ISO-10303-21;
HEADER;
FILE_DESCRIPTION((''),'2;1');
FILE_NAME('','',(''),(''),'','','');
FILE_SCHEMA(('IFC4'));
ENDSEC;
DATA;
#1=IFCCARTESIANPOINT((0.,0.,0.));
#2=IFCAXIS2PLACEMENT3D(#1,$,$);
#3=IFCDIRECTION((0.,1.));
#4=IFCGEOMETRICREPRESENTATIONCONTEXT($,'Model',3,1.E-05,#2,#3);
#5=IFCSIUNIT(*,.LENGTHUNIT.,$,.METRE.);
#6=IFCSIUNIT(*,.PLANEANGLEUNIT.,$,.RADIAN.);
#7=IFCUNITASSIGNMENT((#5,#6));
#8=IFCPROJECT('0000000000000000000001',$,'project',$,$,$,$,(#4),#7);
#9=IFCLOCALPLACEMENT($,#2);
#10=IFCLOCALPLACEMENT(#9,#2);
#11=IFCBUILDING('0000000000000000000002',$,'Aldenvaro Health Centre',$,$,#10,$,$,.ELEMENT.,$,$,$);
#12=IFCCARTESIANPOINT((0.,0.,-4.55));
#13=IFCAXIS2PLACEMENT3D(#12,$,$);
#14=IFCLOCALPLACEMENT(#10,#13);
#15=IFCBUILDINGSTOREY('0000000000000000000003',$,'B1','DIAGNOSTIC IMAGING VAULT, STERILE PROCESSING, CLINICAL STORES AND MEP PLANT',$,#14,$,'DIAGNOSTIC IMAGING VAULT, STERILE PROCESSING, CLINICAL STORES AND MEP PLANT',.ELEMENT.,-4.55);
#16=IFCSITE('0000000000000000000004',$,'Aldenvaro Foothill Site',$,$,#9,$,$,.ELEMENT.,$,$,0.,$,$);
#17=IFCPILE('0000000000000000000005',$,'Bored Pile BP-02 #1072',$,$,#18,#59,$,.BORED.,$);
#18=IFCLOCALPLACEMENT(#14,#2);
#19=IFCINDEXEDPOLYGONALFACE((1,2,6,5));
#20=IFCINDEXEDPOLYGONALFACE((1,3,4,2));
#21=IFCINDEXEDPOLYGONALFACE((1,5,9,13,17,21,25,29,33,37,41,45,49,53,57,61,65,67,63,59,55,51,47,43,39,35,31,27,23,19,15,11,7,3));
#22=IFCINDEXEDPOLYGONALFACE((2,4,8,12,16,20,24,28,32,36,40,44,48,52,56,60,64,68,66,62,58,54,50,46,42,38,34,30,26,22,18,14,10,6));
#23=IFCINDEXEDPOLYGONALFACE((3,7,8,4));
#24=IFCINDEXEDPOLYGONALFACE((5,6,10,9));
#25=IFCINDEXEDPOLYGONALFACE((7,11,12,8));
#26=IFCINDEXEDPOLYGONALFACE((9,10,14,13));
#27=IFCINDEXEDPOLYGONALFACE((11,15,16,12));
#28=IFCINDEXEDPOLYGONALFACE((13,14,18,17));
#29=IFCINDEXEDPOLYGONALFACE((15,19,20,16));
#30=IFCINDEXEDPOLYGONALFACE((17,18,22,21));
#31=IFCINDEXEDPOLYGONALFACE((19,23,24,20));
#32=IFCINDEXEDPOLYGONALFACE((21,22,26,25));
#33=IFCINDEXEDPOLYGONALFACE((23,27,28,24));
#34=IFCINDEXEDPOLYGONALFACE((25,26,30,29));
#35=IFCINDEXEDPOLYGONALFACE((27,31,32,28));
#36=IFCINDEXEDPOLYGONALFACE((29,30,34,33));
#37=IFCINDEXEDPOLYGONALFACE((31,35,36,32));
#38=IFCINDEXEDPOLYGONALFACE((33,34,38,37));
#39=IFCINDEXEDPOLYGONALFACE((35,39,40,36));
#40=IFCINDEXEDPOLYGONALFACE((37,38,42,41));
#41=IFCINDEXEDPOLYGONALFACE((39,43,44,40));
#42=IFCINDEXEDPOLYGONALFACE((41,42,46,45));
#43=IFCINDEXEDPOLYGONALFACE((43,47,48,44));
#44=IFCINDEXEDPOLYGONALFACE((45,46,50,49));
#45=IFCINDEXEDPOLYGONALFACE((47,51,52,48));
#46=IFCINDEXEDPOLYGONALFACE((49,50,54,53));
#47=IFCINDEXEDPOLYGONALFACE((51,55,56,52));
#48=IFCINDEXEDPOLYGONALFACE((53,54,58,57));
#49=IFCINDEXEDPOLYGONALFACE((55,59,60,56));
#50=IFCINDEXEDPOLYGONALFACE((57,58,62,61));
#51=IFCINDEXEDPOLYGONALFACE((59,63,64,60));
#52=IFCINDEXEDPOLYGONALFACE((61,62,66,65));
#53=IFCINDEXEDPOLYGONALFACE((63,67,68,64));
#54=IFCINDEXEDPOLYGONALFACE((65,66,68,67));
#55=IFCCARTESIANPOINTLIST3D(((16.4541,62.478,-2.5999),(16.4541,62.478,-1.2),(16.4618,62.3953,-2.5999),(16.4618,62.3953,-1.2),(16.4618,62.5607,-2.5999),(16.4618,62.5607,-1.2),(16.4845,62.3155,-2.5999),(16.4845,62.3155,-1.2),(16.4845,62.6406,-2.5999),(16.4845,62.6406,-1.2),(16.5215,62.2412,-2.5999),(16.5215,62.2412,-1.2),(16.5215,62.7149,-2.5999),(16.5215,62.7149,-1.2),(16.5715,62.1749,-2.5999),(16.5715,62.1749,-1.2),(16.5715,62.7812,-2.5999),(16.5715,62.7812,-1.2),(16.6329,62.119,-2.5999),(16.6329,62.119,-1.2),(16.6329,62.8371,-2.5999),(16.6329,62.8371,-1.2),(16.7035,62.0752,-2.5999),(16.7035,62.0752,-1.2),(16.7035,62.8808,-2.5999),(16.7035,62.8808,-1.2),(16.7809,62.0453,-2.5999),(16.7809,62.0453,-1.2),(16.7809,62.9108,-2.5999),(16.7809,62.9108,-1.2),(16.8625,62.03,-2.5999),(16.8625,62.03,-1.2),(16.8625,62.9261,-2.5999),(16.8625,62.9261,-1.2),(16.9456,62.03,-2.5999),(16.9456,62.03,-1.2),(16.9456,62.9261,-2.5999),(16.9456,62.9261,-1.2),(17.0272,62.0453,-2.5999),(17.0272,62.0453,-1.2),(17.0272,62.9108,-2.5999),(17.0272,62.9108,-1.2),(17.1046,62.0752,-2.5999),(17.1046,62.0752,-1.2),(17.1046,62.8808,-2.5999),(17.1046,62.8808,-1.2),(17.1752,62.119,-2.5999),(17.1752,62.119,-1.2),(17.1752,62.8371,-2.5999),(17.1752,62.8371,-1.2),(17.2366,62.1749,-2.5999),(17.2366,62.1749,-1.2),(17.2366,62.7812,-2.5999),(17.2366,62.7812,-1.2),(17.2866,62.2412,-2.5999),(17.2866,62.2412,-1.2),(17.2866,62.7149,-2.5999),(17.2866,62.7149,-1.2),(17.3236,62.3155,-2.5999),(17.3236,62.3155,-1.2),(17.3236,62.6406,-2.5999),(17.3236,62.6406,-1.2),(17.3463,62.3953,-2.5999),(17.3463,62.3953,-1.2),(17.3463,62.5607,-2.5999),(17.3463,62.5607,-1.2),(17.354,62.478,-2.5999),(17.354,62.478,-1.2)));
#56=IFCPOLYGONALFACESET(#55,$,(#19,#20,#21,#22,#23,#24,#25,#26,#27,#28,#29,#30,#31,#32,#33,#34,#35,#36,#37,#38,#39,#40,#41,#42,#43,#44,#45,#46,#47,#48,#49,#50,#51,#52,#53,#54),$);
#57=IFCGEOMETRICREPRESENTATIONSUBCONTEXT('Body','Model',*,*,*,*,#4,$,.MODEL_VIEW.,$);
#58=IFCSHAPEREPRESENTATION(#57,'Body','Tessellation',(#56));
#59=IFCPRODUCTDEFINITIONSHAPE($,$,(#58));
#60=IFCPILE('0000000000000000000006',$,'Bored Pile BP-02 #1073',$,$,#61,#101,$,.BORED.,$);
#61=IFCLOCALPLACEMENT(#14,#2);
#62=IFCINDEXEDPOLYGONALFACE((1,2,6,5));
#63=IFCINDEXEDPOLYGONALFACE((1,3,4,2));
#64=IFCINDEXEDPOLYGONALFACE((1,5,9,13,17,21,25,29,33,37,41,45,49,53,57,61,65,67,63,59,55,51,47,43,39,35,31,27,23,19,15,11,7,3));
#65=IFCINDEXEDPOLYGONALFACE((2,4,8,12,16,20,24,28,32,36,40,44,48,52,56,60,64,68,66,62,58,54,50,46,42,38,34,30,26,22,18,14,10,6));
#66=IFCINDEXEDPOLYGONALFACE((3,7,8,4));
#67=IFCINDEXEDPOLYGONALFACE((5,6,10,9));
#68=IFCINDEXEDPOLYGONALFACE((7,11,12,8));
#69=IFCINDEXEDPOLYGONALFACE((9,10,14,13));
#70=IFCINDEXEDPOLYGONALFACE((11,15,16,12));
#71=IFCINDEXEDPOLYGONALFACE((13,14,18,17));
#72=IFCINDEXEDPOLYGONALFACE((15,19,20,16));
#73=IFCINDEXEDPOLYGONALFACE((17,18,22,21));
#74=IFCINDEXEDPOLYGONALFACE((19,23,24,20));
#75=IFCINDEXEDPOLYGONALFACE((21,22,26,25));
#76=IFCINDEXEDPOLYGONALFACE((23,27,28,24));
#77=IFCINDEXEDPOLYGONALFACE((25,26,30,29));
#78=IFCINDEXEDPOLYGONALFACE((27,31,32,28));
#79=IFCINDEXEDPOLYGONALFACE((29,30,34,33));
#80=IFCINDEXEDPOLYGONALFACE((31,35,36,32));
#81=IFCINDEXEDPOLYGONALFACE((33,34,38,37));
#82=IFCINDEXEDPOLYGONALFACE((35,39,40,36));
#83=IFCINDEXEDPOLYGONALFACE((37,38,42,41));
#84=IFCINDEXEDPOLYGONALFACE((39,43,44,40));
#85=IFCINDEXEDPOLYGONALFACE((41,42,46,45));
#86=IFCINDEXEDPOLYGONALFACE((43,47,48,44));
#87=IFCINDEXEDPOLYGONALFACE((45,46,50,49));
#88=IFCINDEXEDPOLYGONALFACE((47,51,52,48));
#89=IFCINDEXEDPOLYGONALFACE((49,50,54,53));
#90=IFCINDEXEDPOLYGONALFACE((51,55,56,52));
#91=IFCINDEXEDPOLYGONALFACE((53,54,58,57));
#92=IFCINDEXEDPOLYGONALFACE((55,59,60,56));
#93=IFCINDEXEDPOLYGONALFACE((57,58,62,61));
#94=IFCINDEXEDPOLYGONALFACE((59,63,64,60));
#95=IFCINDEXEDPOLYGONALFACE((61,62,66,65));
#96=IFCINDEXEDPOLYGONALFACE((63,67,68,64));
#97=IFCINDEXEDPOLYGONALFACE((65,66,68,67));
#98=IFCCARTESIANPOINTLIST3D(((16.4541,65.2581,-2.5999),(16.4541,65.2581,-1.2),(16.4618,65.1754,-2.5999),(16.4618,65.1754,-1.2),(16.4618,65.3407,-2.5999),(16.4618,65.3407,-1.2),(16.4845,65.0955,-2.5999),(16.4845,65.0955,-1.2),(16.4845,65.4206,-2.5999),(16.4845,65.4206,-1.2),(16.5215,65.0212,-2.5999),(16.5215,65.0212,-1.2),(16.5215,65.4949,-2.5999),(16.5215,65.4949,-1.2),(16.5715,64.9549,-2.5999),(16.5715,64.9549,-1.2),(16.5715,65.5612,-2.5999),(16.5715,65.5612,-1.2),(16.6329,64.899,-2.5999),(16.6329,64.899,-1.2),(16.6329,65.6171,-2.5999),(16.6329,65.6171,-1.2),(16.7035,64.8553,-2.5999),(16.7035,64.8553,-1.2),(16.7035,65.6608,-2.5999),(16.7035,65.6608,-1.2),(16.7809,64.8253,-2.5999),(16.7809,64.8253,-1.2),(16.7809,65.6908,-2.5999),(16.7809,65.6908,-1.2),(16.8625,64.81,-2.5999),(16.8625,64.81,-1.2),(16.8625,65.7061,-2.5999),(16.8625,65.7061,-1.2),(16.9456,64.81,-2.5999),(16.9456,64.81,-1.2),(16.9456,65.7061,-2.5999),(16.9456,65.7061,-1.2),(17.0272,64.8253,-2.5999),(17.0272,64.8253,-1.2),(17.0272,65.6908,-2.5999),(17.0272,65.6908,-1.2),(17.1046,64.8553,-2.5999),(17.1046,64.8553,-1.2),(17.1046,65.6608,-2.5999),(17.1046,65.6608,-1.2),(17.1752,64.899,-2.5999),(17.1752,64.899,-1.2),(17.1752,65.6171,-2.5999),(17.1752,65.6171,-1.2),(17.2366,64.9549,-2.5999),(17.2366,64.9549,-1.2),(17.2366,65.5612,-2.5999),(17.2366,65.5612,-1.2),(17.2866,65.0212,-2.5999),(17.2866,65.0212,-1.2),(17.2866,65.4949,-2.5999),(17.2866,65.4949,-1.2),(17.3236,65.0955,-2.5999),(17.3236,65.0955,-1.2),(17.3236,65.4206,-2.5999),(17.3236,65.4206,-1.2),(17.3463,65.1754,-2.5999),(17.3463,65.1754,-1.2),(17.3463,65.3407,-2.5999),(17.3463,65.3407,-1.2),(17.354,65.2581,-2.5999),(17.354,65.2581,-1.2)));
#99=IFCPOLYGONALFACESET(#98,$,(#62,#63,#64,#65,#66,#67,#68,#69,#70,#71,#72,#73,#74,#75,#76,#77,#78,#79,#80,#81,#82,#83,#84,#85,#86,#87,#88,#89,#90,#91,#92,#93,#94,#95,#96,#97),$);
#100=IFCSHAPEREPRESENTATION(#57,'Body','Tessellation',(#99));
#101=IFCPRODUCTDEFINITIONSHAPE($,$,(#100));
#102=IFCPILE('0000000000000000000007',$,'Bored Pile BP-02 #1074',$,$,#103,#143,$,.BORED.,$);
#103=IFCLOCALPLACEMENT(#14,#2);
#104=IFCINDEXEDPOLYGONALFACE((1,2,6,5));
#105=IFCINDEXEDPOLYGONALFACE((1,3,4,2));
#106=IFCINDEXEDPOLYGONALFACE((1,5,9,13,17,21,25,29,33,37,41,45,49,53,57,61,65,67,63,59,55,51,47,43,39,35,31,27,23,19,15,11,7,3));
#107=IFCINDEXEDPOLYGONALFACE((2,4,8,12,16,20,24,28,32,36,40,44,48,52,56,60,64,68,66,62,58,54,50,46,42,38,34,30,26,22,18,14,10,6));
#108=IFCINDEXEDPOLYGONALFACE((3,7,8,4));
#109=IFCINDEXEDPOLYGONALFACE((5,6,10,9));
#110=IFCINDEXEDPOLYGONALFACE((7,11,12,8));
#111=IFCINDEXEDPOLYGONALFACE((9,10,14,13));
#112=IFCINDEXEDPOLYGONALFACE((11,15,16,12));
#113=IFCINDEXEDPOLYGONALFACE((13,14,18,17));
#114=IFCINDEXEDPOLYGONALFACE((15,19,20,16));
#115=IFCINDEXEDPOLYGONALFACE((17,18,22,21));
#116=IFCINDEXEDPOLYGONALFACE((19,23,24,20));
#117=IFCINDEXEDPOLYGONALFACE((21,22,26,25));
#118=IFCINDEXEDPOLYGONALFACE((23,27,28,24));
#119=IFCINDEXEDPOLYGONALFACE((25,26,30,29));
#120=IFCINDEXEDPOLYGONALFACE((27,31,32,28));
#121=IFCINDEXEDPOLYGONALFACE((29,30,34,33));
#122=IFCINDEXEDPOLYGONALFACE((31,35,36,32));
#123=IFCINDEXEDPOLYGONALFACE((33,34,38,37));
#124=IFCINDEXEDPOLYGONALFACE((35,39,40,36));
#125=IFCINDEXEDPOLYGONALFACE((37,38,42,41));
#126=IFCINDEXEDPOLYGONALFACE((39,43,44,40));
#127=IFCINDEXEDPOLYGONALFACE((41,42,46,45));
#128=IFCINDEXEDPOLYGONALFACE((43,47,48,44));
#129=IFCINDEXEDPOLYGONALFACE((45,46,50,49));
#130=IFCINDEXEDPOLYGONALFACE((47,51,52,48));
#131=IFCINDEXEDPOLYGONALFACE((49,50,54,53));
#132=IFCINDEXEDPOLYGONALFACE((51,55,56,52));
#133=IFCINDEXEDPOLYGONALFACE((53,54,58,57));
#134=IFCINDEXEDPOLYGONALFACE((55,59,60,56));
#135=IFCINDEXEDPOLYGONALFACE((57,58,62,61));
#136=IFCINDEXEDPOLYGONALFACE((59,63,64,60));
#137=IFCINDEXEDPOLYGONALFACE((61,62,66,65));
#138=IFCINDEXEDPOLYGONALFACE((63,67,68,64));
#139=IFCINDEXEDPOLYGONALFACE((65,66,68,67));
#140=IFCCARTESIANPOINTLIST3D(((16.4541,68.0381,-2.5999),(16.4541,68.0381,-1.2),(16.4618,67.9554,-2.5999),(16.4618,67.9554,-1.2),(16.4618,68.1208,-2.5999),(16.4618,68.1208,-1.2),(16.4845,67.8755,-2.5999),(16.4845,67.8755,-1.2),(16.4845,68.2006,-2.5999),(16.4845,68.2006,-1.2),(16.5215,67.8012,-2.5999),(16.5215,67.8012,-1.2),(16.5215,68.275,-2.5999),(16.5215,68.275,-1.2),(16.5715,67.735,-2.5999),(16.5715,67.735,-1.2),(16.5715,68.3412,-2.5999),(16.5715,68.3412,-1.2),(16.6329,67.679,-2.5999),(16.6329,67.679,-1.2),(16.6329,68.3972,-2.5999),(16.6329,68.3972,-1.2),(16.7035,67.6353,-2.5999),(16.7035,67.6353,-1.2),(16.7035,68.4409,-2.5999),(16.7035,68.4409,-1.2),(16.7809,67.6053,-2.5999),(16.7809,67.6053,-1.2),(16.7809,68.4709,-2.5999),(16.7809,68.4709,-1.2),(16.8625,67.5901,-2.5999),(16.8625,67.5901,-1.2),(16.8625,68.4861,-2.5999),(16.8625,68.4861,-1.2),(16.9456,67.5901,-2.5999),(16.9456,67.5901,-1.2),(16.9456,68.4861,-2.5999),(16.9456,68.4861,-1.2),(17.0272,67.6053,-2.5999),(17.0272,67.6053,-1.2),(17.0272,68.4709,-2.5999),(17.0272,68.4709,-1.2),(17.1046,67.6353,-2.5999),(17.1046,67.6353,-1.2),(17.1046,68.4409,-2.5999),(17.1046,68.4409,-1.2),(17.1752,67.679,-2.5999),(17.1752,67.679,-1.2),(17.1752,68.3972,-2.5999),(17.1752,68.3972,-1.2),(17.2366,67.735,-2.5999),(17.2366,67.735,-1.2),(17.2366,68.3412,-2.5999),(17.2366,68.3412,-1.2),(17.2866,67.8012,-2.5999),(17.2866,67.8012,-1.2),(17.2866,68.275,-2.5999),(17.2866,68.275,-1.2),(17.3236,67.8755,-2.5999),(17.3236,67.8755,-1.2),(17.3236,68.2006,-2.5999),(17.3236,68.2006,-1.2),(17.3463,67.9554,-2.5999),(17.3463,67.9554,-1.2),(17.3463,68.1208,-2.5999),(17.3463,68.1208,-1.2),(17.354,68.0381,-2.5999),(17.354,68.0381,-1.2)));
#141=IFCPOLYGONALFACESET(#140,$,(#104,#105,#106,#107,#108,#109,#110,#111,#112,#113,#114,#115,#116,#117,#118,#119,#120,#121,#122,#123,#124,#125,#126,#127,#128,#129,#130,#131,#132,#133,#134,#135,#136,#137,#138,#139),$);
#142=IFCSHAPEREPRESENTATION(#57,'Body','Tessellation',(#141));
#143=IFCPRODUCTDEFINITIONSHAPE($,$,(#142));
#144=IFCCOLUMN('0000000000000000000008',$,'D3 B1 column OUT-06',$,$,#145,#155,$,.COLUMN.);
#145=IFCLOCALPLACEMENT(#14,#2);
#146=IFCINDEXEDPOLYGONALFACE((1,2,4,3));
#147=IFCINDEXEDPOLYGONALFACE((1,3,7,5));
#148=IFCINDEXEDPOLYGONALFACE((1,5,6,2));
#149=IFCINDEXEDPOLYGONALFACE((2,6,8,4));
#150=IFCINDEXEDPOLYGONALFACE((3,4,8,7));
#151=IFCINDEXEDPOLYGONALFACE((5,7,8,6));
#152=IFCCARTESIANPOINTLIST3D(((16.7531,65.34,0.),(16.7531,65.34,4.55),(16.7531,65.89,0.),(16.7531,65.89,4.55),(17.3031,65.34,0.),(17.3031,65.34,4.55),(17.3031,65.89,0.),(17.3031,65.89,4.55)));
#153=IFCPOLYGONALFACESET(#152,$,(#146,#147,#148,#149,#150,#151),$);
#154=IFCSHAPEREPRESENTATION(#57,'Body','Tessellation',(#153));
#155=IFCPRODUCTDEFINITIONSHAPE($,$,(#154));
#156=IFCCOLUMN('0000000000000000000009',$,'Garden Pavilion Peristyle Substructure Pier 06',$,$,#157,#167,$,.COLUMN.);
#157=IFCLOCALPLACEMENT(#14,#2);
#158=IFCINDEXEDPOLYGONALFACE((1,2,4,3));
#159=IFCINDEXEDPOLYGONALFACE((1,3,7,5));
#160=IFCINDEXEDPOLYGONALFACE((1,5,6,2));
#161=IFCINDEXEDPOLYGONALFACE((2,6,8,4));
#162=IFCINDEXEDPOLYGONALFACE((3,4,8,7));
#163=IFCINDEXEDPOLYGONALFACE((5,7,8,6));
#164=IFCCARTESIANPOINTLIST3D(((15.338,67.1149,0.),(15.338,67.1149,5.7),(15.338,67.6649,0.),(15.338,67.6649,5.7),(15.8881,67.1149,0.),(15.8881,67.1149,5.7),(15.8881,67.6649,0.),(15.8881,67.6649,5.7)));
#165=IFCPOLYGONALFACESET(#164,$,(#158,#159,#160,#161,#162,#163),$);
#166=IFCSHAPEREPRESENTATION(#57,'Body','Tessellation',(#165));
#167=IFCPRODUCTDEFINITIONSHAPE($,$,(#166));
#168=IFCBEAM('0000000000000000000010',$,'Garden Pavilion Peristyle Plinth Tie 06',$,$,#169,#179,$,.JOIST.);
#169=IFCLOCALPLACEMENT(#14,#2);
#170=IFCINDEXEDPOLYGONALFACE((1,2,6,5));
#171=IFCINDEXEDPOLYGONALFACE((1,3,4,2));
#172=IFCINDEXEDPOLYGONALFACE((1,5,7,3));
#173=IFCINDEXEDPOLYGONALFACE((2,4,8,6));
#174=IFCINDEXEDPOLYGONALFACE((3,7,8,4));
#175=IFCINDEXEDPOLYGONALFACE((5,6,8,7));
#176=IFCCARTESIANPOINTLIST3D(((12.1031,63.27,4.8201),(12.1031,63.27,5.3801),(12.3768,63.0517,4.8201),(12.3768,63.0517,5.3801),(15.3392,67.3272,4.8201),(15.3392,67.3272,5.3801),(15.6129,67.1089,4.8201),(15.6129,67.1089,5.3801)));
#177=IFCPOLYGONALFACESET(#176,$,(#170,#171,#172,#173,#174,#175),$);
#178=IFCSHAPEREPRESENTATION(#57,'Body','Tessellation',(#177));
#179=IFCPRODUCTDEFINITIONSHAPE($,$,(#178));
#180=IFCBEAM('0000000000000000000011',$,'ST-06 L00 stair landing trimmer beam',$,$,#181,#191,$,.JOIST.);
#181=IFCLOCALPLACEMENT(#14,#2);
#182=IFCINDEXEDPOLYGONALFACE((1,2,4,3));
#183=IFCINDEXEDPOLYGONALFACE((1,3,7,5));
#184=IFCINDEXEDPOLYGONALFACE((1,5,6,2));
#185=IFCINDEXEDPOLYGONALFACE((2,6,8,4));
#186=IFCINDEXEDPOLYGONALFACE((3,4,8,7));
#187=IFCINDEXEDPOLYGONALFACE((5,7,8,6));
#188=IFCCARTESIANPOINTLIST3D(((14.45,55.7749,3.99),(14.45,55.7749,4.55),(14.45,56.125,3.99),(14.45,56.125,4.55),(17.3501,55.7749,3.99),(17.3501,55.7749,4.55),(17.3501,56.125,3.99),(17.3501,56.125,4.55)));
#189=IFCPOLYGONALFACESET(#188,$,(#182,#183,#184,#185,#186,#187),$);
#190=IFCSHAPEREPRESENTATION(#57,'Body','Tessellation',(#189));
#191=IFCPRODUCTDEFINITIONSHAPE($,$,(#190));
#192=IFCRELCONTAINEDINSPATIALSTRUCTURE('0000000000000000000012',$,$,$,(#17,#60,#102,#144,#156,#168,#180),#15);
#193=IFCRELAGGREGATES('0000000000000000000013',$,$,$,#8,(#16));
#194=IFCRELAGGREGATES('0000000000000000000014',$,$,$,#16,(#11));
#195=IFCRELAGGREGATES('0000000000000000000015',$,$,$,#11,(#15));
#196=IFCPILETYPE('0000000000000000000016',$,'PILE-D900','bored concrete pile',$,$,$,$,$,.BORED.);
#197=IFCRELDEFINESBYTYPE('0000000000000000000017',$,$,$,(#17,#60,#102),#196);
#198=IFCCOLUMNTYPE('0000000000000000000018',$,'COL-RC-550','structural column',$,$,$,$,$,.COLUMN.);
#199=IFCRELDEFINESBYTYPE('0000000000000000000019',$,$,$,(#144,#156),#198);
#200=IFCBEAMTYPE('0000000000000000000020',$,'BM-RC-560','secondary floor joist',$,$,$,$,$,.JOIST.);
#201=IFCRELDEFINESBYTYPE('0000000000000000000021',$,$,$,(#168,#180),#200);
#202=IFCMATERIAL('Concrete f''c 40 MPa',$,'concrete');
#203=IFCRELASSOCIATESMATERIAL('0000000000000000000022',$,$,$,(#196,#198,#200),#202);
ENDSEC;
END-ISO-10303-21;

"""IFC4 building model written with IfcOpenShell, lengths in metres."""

from ifc_helpers import new_model, si_unit, direction, frame, origin, origin_2d, place, context, subcontext, project, spatial, rectangle, circle, extrude, material, material_profile, profile_set, type_object, element, save


model = new_model("IFC4")

# Units and contexts
model_context = context("Model", 3, precision=1e-05, world=origin(), true_north=direction((0.0, 1.0)))
body_context = subcontext(model_context, "Body", "Model", "MODEL_VIEW")
ifc_project = project(units=[si_unit("LENGTHUNIT", "METRE"), si_unit("PLANEANGLEUNIT", "RADIAN")], contexts=[model_context])

# Site, building, storey
site_placement = place(None, origin())
site = spatial("IfcSite", under=ifc_project, at=site_placement, Name="Aldenvaro Foothill Site", CompositionType="ELEMENT", RefElevation=0.0)
building_placement = place(site_placement, origin())
building = spatial("IfcBuilding", under=site, at=building_placement, Name="Aldenvaro Health Centre", CompositionType="ELEMENT")
storey_placement = place(building_placement, frame((0.0, 0.0, -4.55)))
storey = spatial("IfcBuildingStorey", under=building, at=storey_placement, Name="B1", Description="DIAGNOSTIC IMAGING VAULT, STERILE PROCESSING, CLINICAL STORES AND MEP PLANT", LongName="DIAGNOSTIC IMAGING VAULT, STERILE PROCESSING, CLINICAL STORES AND MEP PLANT", CompositionType="ELEMENT", Elevation=-4.55)

# Piles
ifc_material_1 = material(Name="Concrete f'c 40 MPa", Category="concrete")
ifc_material_profile_1 = material_profile(ifc_material_1, circle(Radius=0.45, at=origin_2d()), Name="PILE D900", Category="concrete")
ifc_profile_set_1 = profile_set([ifc_material_profile_1], Name="Concrete f'c 40 MPa")
pile_type_1 = type_object("IfcPileType", Name="PILE-D900", Description="bored concrete pile", PredefinedType="BORED", material=ifc_profile_set_1)
for number, where, z_axis, x_axis, name in (
    (1, (16.9041, 62.478, -1.2), (0.0, 0.0, -1.0), (1.0, 0.0, 0.0), "Bored Pile BP-02 #1072"),
    (2, (16.9041, 65.2581, -1.2), (0.0, 0.0, -1.0), (1.0, 0.0, 0.0), "Bored Pile BP-02 #1073"),
    (3, (16.9041, 68.0381, -1.2), (0.0, 0.0, -1.0), (1.0, 0.0, 0.0), "Bored Pile BP-02 #1074"),
):
    element("IfcPile", number, at=place(storey_placement, frame(where, z_axis=z_axis, x_axis=x_axis)), inside=storey, type_object=pile_type_1, Name=name, PredefinedType="BORED", context=body_context, shape_type="SweptSolid", body=[
        extrude(circle(Radius=0.45, at=origin_2d()), origin(), (0.0, 0.0, 1.0), 1.3999),
    ])

# Columns
ifc_material_profile_2 = material_profile(ifc_material_1, rectangle(XDim=0.55, YDim=0.55, at=origin_2d()), Name="RC 550x550", Category="concrete")
ifc_profile_set_2 = profile_set([ifc_material_profile_2], Name="Concrete f'c 40 MPa")
column_type = type_object("IfcColumnType", Name="COL-RC-550", Description="structural column", PredefinedType="COLUMN", material=ifc_profile_set_2)
column_1_placement = place(storey_placement, frame((17.0281, 65.615, 0.0), z_axis=(0.0, 0.0, 1.0), x_axis=(1.0, 0.0, 0.0)))
element("IfcColumn", 4, at=column_1_placement, inside=storey, type_object=column_type, Name="D3 B1 column OUT-06", PredefinedType="COLUMN", context=body_context, shape_type="SweptSolid", body=[
    extrude(rectangle(XDim=0.55, YDim=0.55, at=origin_2d()), origin(), (0.0, 0.0, 1.0), 4.55),
])
column_2_placement = place(storey_placement, frame((15.613, 67.3899, 0.0), z_axis=(0.0, 0.0, 1.0), x_axis=(1.0, 0.0, 0.0)))
element("IfcColumn", 5, at=column_2_placement, inside=storey, type_object=column_type, Name="Garden Pavilion Peristyle Substructure Pier 06", PredefinedType="COLUMN", context=body_context, shape_type="SweptSolid", body=[
    extrude(rectangle(XDim=0.55, YDim=0.55, at=origin_2d()), origin(), (0.0, 0.0, 1.0), 5.7),
])

# Beams
ifc_material_profile_3 = material_profile(ifc_material_1, rectangle(XDim=0.3501, YDim=0.5601, at=origin_2d()), Name="RC 350x560", Category="concrete")
ifc_profile_set_3 = profile_set([ifc_material_profile_3], Name="Concrete f'c 40 MPa")
beam_type_1 = type_object("IfcBeamType", Name="BM-RC-560", Description="secondary floor joist", PredefinedType="JOIST", material=ifc_profile_set_3)
beam_1_placement = place(storey_placement, frame((15.4761, 67.218, 5.1001), z_axis=(-0.623564, -0.781772, 0.0), x_axis=(0.781772, -0.623564, 0.0)))
element("IfcBeam", 6, at=beam_1_placement, inside=storey, type_object=beam_type_1, Name="Garden Pavilion Peristyle Plinth Tie 06", PredefinedType="JOIST", context=body_context, shape_type="SweptSolid", body=[
    extrude(rectangle(XDim=0.3501, YDim=0.5601, at=origin_2d()), origin(), (0.0, 0.0, 1.0), 5.1897),
])
beam_2_placement = place(storey_placement, frame((17.3501, 55.95, 4.27), z_axis=(-1.0, 0.0, 0.0), x_axis=(0.0, -1.0, 0.0)))
element("IfcBeam", 7, at=beam_2_placement, inside=storey, type_object=beam_type_1, Name="ST-06 L00 stair landing trimmer beam", PredefinedType="JOIST", context=body_context, shape_type="SweptSolid", body=[
    extrude(rectangle(XDim=0.3501, YDim=0.5601, at=origin_2d()), origin(), (0.0, 0.0, 1.0), 2.9001),
])

save(model, "model.ifc")
